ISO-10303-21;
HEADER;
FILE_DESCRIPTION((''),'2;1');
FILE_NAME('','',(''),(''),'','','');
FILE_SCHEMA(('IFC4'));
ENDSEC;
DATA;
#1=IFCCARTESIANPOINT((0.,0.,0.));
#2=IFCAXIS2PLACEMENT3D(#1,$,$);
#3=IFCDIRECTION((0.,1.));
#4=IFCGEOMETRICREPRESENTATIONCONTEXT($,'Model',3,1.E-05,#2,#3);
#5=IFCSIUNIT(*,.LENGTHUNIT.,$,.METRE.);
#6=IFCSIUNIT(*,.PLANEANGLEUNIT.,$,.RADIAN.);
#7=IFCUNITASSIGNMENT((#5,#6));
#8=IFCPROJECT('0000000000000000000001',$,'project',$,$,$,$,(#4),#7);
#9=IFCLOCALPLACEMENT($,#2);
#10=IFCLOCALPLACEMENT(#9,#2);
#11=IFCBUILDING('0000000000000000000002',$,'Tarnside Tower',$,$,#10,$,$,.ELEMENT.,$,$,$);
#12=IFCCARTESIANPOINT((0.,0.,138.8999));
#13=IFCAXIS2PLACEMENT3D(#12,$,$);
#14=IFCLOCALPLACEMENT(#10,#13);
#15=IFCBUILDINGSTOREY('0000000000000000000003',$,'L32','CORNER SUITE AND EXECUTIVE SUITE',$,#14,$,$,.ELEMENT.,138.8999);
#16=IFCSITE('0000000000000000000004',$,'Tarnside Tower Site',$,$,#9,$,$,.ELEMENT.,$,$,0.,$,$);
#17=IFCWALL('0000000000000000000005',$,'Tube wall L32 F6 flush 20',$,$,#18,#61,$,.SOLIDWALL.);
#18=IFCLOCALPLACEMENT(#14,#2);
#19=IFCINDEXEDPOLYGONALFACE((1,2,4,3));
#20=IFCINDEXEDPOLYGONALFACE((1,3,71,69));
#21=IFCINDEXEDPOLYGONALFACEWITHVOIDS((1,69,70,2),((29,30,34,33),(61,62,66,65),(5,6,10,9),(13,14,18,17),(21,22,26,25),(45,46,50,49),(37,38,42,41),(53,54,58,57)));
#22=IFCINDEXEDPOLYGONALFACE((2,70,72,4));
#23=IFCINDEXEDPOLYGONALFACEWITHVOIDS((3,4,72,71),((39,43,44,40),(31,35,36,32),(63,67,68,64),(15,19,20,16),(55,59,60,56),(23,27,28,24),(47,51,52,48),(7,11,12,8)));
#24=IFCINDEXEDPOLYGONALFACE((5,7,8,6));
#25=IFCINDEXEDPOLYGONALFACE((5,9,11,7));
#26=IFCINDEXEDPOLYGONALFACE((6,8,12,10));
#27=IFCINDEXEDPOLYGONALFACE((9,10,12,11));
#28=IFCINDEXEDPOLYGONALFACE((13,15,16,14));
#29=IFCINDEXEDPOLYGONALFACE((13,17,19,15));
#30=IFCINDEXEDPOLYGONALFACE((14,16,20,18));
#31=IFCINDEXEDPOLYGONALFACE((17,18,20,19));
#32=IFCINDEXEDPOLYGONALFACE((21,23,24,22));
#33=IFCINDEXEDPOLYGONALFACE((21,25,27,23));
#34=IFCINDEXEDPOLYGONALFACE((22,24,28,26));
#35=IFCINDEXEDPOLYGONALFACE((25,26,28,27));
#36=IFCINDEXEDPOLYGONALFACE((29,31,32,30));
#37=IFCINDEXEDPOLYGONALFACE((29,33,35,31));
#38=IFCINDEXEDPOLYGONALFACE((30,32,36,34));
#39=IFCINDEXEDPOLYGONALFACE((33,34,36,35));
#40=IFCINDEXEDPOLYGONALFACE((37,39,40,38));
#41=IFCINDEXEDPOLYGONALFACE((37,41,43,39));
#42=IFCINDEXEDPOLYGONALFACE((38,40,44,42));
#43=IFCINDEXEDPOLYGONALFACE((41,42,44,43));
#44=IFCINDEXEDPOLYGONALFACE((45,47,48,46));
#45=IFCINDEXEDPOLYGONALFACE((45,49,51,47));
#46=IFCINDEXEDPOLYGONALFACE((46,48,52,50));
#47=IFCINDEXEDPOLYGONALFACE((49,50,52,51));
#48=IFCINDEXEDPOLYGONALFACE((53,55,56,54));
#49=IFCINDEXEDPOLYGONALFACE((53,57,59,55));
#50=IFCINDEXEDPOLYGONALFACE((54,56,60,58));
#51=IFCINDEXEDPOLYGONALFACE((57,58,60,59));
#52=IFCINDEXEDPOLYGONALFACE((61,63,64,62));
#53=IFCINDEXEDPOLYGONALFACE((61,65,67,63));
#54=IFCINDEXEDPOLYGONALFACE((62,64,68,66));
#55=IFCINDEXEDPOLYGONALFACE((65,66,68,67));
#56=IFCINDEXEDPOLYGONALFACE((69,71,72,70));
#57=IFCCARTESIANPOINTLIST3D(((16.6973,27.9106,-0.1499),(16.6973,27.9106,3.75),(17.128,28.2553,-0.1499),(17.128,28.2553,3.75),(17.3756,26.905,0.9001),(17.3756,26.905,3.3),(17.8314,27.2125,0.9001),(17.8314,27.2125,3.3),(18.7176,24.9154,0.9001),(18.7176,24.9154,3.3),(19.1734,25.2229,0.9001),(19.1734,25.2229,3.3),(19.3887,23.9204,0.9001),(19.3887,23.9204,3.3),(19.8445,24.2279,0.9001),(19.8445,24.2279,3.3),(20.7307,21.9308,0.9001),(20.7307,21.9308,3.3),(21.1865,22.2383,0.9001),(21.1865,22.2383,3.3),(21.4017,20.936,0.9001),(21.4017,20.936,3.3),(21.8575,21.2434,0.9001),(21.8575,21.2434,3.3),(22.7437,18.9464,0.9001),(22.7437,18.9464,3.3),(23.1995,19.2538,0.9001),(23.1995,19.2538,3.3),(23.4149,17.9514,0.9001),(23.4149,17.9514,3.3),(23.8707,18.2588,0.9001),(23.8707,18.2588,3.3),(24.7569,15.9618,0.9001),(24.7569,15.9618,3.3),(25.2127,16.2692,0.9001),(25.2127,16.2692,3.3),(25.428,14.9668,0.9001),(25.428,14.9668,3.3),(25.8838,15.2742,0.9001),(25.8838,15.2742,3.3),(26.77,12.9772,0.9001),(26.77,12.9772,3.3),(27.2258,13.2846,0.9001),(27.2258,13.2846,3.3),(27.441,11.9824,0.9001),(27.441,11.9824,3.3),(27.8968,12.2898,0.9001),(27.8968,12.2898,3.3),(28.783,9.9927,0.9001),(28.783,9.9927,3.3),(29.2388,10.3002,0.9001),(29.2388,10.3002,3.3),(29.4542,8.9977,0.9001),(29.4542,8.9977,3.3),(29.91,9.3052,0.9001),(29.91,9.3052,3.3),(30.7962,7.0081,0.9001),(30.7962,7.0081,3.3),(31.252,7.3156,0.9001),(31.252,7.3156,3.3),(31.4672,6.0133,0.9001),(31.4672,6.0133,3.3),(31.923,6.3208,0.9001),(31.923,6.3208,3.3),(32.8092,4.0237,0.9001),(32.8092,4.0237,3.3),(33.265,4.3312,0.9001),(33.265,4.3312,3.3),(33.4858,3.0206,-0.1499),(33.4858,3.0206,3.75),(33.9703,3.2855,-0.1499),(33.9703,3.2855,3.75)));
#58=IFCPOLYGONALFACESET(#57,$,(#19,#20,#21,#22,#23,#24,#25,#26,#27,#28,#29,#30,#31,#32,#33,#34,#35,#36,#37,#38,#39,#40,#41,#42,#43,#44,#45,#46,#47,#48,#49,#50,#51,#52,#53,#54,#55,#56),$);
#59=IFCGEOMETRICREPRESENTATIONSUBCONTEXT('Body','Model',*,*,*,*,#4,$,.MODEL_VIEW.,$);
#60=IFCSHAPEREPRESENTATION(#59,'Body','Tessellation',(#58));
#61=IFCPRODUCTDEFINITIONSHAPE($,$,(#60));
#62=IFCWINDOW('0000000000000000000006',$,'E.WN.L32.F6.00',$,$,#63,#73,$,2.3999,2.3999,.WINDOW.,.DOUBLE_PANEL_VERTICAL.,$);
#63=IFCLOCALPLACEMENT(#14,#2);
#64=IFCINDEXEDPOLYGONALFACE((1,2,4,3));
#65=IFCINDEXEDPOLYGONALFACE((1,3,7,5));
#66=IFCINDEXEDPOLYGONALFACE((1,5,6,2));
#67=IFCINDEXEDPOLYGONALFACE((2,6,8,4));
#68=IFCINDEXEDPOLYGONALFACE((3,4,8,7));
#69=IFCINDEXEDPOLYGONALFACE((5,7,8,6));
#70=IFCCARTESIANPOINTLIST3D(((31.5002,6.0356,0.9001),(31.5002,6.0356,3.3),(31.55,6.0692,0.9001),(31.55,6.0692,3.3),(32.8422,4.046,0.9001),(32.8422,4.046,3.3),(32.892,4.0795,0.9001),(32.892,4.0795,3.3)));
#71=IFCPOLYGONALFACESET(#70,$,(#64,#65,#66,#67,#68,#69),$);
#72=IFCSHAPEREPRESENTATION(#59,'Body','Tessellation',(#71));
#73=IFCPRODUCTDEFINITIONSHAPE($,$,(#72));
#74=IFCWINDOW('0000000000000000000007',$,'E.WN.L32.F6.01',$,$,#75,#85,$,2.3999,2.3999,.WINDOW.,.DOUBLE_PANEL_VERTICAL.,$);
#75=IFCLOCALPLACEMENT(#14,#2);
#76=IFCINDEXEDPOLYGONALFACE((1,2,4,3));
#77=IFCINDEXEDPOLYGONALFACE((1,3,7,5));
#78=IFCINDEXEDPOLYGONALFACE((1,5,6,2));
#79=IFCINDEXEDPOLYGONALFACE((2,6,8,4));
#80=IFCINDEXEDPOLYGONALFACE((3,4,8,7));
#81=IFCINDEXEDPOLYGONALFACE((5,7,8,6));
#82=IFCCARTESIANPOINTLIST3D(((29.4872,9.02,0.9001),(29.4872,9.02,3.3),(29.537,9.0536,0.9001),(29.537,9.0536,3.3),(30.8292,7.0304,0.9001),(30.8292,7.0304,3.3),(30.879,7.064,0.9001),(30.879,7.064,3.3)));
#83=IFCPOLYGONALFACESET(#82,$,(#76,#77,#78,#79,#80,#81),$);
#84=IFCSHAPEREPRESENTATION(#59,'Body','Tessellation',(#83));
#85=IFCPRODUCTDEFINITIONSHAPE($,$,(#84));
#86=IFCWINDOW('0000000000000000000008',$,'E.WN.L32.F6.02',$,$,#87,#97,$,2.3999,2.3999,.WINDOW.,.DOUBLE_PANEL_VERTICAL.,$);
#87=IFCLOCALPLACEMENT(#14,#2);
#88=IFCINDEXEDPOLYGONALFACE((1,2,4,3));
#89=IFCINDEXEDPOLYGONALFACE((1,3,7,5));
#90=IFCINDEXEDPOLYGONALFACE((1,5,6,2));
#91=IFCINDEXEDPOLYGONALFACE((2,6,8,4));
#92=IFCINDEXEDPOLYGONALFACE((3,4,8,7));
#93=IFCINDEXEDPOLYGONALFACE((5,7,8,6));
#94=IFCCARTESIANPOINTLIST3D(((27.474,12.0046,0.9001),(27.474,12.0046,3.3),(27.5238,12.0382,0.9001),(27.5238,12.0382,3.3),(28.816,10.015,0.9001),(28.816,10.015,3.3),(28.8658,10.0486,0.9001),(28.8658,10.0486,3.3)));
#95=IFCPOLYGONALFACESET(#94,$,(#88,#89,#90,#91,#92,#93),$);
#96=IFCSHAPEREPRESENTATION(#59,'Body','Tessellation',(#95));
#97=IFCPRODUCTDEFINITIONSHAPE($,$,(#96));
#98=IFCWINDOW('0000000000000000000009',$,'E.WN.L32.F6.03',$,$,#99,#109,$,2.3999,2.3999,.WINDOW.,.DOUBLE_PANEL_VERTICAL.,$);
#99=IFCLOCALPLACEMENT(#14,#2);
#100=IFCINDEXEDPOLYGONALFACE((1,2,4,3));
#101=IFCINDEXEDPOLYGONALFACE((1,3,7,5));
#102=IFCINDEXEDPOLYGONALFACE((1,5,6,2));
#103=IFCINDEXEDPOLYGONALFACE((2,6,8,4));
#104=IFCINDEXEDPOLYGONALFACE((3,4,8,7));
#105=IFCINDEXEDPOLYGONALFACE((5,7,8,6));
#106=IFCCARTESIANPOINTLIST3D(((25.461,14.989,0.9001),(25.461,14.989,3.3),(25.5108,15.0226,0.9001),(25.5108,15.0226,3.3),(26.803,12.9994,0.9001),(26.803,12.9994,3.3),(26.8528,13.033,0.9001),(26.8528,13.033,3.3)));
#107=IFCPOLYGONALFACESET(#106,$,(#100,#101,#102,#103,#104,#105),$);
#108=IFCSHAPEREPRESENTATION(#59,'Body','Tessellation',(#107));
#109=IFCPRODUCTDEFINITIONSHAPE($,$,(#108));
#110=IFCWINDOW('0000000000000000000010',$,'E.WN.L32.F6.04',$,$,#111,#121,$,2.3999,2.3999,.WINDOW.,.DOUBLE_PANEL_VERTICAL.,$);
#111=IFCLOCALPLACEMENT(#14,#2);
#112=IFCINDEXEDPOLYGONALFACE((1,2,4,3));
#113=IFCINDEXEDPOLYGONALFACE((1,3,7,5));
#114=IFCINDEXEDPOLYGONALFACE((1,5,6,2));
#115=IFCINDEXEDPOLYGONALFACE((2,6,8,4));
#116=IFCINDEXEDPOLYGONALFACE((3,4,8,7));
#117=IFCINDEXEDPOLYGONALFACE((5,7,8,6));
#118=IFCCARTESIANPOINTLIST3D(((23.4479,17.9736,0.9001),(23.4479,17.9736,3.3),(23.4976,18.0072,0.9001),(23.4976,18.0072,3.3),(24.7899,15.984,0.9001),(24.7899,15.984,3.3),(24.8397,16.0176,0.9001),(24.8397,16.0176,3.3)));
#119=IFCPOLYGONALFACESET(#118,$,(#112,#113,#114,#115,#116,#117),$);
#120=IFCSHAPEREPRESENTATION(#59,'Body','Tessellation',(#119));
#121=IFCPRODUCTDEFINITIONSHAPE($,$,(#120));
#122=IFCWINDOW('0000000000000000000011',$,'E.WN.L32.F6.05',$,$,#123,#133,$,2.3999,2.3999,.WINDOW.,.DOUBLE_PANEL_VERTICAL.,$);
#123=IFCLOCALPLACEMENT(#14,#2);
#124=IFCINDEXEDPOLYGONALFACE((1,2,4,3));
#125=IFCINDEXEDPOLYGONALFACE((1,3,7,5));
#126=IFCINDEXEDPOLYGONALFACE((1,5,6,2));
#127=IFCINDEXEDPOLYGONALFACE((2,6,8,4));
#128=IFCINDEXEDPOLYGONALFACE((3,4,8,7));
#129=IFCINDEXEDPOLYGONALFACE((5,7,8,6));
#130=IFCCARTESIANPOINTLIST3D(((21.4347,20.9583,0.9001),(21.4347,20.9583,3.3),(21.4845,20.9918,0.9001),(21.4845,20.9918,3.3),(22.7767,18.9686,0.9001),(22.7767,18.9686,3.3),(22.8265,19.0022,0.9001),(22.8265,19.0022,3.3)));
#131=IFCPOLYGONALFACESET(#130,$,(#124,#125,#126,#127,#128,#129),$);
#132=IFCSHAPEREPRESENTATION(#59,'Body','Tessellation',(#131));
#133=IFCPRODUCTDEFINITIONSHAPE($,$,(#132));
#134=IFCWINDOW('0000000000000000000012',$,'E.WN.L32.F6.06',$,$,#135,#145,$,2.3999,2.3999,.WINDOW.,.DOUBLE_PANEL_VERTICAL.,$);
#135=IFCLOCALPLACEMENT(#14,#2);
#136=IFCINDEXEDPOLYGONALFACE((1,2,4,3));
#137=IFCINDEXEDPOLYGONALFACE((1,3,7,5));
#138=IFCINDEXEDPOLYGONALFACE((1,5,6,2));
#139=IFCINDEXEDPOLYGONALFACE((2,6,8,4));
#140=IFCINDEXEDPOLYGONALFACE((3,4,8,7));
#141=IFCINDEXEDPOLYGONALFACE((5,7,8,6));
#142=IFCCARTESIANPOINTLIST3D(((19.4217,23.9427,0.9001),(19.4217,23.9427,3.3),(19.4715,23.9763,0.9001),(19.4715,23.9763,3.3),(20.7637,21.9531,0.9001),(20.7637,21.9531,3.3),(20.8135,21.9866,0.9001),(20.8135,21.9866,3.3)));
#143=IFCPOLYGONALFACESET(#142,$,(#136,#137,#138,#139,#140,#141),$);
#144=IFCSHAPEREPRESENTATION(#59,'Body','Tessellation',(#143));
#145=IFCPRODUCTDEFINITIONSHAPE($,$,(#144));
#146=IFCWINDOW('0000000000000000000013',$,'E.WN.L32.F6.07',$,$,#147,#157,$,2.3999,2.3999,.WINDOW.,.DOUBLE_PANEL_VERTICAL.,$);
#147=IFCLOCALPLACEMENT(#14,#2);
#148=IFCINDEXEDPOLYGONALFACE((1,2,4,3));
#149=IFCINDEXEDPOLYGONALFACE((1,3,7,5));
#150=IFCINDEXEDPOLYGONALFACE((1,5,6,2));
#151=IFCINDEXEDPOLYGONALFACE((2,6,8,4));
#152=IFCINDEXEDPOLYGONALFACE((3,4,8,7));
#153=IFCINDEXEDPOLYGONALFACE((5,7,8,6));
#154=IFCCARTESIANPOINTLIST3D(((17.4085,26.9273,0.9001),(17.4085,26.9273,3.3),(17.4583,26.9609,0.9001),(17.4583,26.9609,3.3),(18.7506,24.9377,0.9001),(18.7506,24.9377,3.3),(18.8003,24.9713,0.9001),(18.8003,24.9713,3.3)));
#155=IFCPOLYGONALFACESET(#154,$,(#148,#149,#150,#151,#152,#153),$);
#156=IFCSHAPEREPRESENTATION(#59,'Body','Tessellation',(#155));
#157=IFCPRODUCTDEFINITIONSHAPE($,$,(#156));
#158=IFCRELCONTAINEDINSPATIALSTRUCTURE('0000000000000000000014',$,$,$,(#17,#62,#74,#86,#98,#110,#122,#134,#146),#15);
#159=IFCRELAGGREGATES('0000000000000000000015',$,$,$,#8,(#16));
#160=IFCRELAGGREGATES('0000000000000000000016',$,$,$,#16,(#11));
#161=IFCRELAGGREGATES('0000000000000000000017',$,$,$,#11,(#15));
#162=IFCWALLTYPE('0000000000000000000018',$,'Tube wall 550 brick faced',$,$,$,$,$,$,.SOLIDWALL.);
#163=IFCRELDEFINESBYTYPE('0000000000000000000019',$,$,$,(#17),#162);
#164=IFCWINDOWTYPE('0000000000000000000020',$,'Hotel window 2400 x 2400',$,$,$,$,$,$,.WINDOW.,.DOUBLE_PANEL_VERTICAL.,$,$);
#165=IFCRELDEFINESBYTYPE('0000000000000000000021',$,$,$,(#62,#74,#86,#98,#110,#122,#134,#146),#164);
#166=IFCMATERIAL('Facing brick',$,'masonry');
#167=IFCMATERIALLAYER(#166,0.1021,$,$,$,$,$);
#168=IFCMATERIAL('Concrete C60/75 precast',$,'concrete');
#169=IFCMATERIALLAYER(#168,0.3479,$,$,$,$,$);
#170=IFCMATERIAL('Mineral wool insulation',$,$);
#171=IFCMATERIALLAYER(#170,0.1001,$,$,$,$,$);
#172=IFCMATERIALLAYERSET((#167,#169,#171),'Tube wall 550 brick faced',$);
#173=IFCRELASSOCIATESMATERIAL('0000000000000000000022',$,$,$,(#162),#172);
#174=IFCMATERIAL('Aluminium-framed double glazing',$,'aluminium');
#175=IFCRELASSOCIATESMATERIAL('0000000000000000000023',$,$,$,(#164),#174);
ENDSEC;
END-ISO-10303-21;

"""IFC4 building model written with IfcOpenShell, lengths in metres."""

from ifc_helpers import new_model, si_unit, direction, frame, frame_2d, origin, place, context, subcontext, project, spatial, polyline, rectangle, outline, extrude, material, layer, layer_set, type_object, element, fill, save


model = new_model("IFC4")

# Units and contexts
model_context = context("Model", 3, precision=1e-05, world=origin(), true_north=direction((0.0, 1.0)))
body_context = subcontext(model_context, "Body", "Model", "MODEL_VIEW")
ifc_project = project(units=[si_unit("LENGTHUNIT", "METRE"), si_unit("PLANEANGLEUNIT", "RADIAN")], contexts=[model_context])

# Site, building, storey
site_placement = place(None, origin())
site = spatial("IfcSite", under=ifc_project, at=site_placement, Name="Tarnside Tower Site", CompositionType="ELEMENT", RefElevation=0.0)
building_placement = place(site_placement, origin())
building = spatial("IfcBuilding", under=site, at=building_placement, Name="Tarnside Tower", CompositionType="ELEMENT")
storey_placement = place(building_placement, frame((0.0, 0.0, 138.8999)))
storey = spatial("IfcBuildingStorey", under=building, at=storey_placement, Name="L32", Description="CORNER SUITE AND EXECUTIVE SUITE", CompositionType="ELEMENT", Elevation=138.8999)

# Shared definitions
ifc_material_1 = material(Name="Facing brick", Category="masonry")
ifc_layer_1 = layer(ifc_material_1, 0.1021)
ifc_material_2 = material(Name="Concrete C60/75 precast", Category="concrete")
ifc_layer_2 = layer(ifc_material_2, 0.3479)
ifc_material_3 = material(Name="Mineral wool insulation")
ifc_layer_3 = layer(ifc_material_3, 0.1001)
ifc_layer_set_1 = layer_set([ifc_layer_1, ifc_layer_2, ifc_layer_3], Name="Tube wall 550 brick faced")
wall_type_1 = type_object("IfcWallType", Name="Tube wall 550 brick faced", PredefinedType="SOLIDWALL", material=ifc_layer_set_1)

# Wall, openings, windows
wall_1_placement = place(storey_placement, frame((33.728, 3.1531, -0.1499), z_axis=(0.0, 0.0, 1.0), x_axis=(-0.559192, 0.829038, 0.0)))
wall_1 = element("IfcWall", 1, at=wall_1_placement, inside=storey, type_object=wall_type_1, Name="Tube wall L32 F6 flush 20", PredefinedType="SOLIDWALL", context=body_context, shape_type="SweptSolid", body=[
    extrude(outline(polyline([(-0.0256, -0.2749), (30.0933, -0.2749), (30.0483, 0.2749), (0.0256, 0.2749), (-0.0256, -0.2749)])), origin(), (0.0, 0.0, 1.0), 3.8999),
])
opening_1_placement = place(wall_1_placement, frame((1.2356, 0.0, 1.05)))
opening_1 = element("IfcOpeningElement", 2, at=opening_1_placement, cuts=wall_1, PredefinedType="OPENING", context=body_context, shape_type="SweptSolid", body=[
    extrude(rectangle(XDim=2.3999, YDim=2.3999, at=frame_2d((1.2, 1.2))), frame((0.0, 0.2852, 0.0), z_axis=(0.0, -1.0, 0.0), x_axis=(1.0, 0.0, 0.0)), (0.0, 0.0, 1.0), 0.5701),
])
opening_2_placement = place(wall_1_placement, frame((4.8354, 0.0, 1.05)))
opening_2 = element("IfcOpeningElement", 3, at=opening_2_placement, cuts=wall_1, PredefinedType="OPENING", context=body_context, shape_type="SweptSolid", body=[
    extrude(rectangle(XDim=2.3999, YDim=2.3999, at=frame_2d((1.2, 1.2))), frame((0.0, 0.2852, 0.0), z_axis=(0.0, -1.0, 0.0), x_axis=(1.0, 0.0, 0.0)), (0.0, 0.0, 1.0), 0.5701),
])
opening_3_placement = place(wall_1_placement, frame((8.4355, 0.0, 1.05)))
opening_3 = element("IfcOpeningElement", 4, at=opening_3_placement, cuts=wall_1, PredefinedType="OPENING", context=body_context, shape_type="SweptSolid", body=[
    extrude(rectangle(XDim=2.3999, YDim=2.3999, at=frame_2d((1.2, 1.2))), frame((0.0, 0.2852, 0.0), z_axis=(0.0, -1.0, 0.0), x_axis=(1.0, 0.0, 0.0)), (0.0, 0.0, 1.0), 0.5701),
])
opening_4_placement = place(wall_1_placement, frame((12.0354, 0.0, 1.05)))
opening_4 = element("IfcOpeningElement", 5, at=opening_4_placement, cuts=wall_1, PredefinedType="OPENING", context=body_context, shape_type="SweptSolid", body=[
    extrude(rectangle(XDim=2.3999, YDim=2.3999, at=frame_2d((1.2, 1.2))), frame((0.0, 0.2852, 0.0), z_axis=(0.0, -1.0, 0.0), x_axis=(1.0, 0.0, 0.0)), (0.0, 0.0, 1.0), 0.5701),
])
opening_5_placement = place(wall_1_placement, frame((15.6355, 0.0, 1.05)))
opening_5 = element("IfcOpeningElement", 6, at=opening_5_placement, cuts=wall_1, PredefinedType="OPENING", context=body_context, shape_type="SweptSolid", body=[
    extrude(rectangle(XDim=2.3999, YDim=2.3999, at=frame_2d((1.2, 1.2))), frame((0.0, 0.2852, 0.0), z_axis=(0.0, -1.0, 0.0), x_axis=(1.0, 0.0, 0.0)), (0.0, 0.0, 1.0), 0.5701),
])
opening_6_placement = place(wall_1_placement, frame((19.2356, 0.0, 1.05)))
opening_6 = element("IfcOpeningElement", 7, at=opening_6_placement, cuts=wall_1, PredefinedType="OPENING", context=body_context, shape_type="SweptSolid", body=[
    extrude(rectangle(XDim=2.3999, YDim=2.3999, at=frame_2d((1.2, 1.2))), frame((0.0, 0.2852, 0.0), z_axis=(0.0, -1.0, 0.0), x_axis=(1.0, 0.0, 0.0)), (0.0, 0.0, 1.0), 0.5701),
])
opening_7_placement = place(wall_1_placement, frame((22.8354, 0.0, 1.05)))
opening_7 = element("IfcOpeningElement", 8, at=opening_7_placement, cuts=wall_1, PredefinedType="OPENING", context=body_context, shape_type="SweptSolid", body=[
    extrude(rectangle(XDim=2.3999, YDim=2.3999, at=frame_2d((1.2, 1.2))), frame((0.0, 0.2852, 0.0), z_axis=(0.0, -1.0, 0.0), x_axis=(1.0, 0.0, 0.0)), (0.0, 0.0, 1.0), 0.5701),
])
opening_8_placement = place(wall_1_placement, frame((26.4355, 0.0, 1.05)))
opening_8 = element("IfcOpeningElement", 9, at=opening_8_placement, cuts=wall_1, PredefinedType="OPENING", context=body_context, shape_type="SweptSolid", body=[
    extrude(rectangle(XDim=2.3999, YDim=2.3999, at=frame_2d((1.2, 1.2))), frame((0.0, 0.2852, 0.0), z_axis=(0.0, -1.0, 0.0), x_axis=(1.0, 0.0, 0.0)), (0.0, 0.0, 1.0), 0.5701),
])
ifc_material_4 = material(Name="Aluminium-framed double glazing", Category="aluminium")
window_type = type_object("IfcWindowType", Name="Hotel window 2400 x 2400", PartitioningType="DOUBLE_PANEL_VERTICAL", PredefinedType="WINDOW", material=ifc_material_4)
window_1_placement = place(opening_1_placement, frame((0.0, 0.2051, 0.0)))
window_1 = element("IfcWindow", 10, at=window_1_placement, inside=storey, type_object=window_type, Name="E.WN.L32.F6.00", OverallHeight=2.3999, OverallWidth=2.3999, PartitioningType="DOUBLE_PANEL_VERTICAL", PredefinedType="WINDOW", context=body_context, shape_type="SweptSolid", body=[
    extrude(rectangle(XDim=2.3999, YDim=2.3999, at=frame_2d((1.2, 1.2))), frame((0.0, 0.03, 0.0), z_axis=(0.0, -1.0, 0.0), x_axis=(1.0, 0.0, 0.0)), (0.0, 0.0, 1.0), 0.0601),
])
fill(opening_1, window_1)
window_2_placement = place(opening_2_placement, frame((0.0, 0.2051, 0.0)))
window_2 = element("IfcWindow", 11, at=window_2_placement, inside=storey, type_object=window_type, Name="E.WN.L32.F6.01", OverallHeight=2.3999, OverallWidth=2.3999, PartitioningType="DOUBLE_PANEL_VERTICAL", PredefinedType="WINDOW", context=body_context, shape_type="SweptSolid", body=[
    extrude(rectangle(XDim=2.3999, YDim=2.3999, at=frame_2d((1.2, 1.2))), frame((0.0, 0.03, 0.0), z_axis=(0.0, -1.0, 0.0), x_axis=(1.0, 0.0, 0.0)), (0.0, 0.0, 1.0), 0.0601),
])
fill(opening_2, window_2)
window_3_placement = place(opening_3_placement, frame((0.0, 0.2051, 0.0)))
window_3 = element("IfcWindow", 12, at=window_3_placement, inside=storey, type_object=window_type, Name="E.WN.L32.F6.02", OverallHeight=2.3999, OverallWidth=2.3999, PartitioningType="DOUBLE_PANEL_VERTICAL", PredefinedType="WINDOW", context=body_context, shape_type="SweptSolid", body=[
    extrude(rectangle(XDim=2.3999, YDim=2.3999, at=frame_2d((1.2, 1.2))), frame((0.0, 0.03, 0.0), z_axis=(0.0, -1.0, 0.0), x_axis=(1.0, 0.0, 0.0)), (0.0, 0.0, 1.0), 0.0601),
])
fill(opening_3, window_3)
window_4_placement = place(opening_4_placement, frame((0.0, 0.2051, 0.0)))
window_4 = element("IfcWindow", 13, at=window_4_placement, inside=storey, type_object=window_type, Name="E.WN.L32.F6.03", OverallHeight=2.3999, OverallWidth=2.3999, PartitioningType="DOUBLE_PANEL_VERTICAL", PredefinedType="WINDOW", context=body_context, shape_type="SweptSolid", body=[
    extrude(rectangle(XDim=2.3999, YDim=2.3999, at=frame_2d((1.2, 1.2))), frame((0.0, 0.03, 0.0), z_axis=(0.0, -1.0, 0.0), x_axis=(1.0, 0.0, 0.0)), (0.0, 0.0, 1.0), 0.0601),
])
fill(opening_4, window_4)
window_5_placement = place(opening_5_placement, frame((0.0, 0.2051, 0.0)))
window_5 = element("IfcWindow", 14, at=window_5_placement, inside=storey, type_object=window_type, Name="E.WN.L32.F6.04", OverallHeight=2.3999, OverallWidth=2.3999, PartitioningType="DOUBLE_PANEL_VERTICAL", PredefinedType="WINDOW", context=body_context, shape_type="SweptSolid", body=[
    extrude(rectangle(XDim=2.3999, YDim=2.3999, at=frame_2d((1.2, 1.2))), frame((0.0, 0.03, 0.0), z_axis=(0.0, -1.0, 0.0), x_axis=(1.0, 0.0, 0.0)), (0.0, 0.0, 1.0), 0.0601),
])
fill(opening_5, window_5)
window_6_placement = place(opening_6_placement, frame((0.0, 0.2051, 0.0)))
window_6 = element("IfcWindow", 15, at=window_6_placement, inside=storey, type_object=window_type, Name="E.WN.L32.F6.05", OverallHeight=2.3999, OverallWidth=2.3999, PartitioningType="DOUBLE_PANEL_VERTICAL", PredefinedType="WINDOW", context=body_context, shape_type="SweptSolid", body=[
    extrude(rectangle(XDim=2.3999, YDim=2.3999, at=frame_2d((1.2, 1.2))), frame((0.0, 0.03, 0.0), z_axis=(0.0, -1.0, 0.0), x_axis=(1.0, 0.0, 0.0)), (0.0, 0.0, 1.0), 0.0601),
])
fill(opening_6, window_6)
window_7_placement = place(opening_7_placement, frame((0.0, 0.2051, 0.0)))
window_7 = element("IfcWindow", 16, at=window_7_placement, inside=storey, type_object=window_type, Name="E.WN.L32.F6.06", OverallHeight=2.3999, OverallWidth=2.3999, PartitioningType="DOUBLE_PANEL_VERTICAL", PredefinedType="WINDOW", context=body_context, shape_type="SweptSolid", body=[
    extrude(rectangle(XDim=2.3999, YDim=2.3999, at=frame_2d((1.2, 1.2))), frame((0.0, 0.03, 0.0), z_axis=(0.0, -1.0, 0.0), x_axis=(1.0, 0.0, 0.0)), (0.0, 0.0, 1.0), 0.0601),
])
fill(opening_7, window_7)
window_8_placement = place(opening_8_placement, frame((0.0, 0.2051, 0.0)))
window_8 = element("IfcWindow", 17, at=window_8_placement, inside=storey, type_object=window_type, Name="E.WN.L32.F6.07", OverallHeight=2.3999, OverallWidth=2.3999, PartitioningType="DOUBLE_PANEL_VERTICAL", PredefinedType="WINDOW", context=body_context, shape_type="SweptSolid", body=[
    extrude(rectangle(XDim=2.3999, YDim=2.3999, at=frame_2d((1.2, 1.2))), frame((0.0, 0.03, 0.0), z_axis=(0.0, -1.0, 0.0), x_axis=(1.0, 0.0, 0.0)), (0.0, 0.0, 1.0), 0.0601),
])
fill(opening_8, window_8)

save(model, "model.ifc")
